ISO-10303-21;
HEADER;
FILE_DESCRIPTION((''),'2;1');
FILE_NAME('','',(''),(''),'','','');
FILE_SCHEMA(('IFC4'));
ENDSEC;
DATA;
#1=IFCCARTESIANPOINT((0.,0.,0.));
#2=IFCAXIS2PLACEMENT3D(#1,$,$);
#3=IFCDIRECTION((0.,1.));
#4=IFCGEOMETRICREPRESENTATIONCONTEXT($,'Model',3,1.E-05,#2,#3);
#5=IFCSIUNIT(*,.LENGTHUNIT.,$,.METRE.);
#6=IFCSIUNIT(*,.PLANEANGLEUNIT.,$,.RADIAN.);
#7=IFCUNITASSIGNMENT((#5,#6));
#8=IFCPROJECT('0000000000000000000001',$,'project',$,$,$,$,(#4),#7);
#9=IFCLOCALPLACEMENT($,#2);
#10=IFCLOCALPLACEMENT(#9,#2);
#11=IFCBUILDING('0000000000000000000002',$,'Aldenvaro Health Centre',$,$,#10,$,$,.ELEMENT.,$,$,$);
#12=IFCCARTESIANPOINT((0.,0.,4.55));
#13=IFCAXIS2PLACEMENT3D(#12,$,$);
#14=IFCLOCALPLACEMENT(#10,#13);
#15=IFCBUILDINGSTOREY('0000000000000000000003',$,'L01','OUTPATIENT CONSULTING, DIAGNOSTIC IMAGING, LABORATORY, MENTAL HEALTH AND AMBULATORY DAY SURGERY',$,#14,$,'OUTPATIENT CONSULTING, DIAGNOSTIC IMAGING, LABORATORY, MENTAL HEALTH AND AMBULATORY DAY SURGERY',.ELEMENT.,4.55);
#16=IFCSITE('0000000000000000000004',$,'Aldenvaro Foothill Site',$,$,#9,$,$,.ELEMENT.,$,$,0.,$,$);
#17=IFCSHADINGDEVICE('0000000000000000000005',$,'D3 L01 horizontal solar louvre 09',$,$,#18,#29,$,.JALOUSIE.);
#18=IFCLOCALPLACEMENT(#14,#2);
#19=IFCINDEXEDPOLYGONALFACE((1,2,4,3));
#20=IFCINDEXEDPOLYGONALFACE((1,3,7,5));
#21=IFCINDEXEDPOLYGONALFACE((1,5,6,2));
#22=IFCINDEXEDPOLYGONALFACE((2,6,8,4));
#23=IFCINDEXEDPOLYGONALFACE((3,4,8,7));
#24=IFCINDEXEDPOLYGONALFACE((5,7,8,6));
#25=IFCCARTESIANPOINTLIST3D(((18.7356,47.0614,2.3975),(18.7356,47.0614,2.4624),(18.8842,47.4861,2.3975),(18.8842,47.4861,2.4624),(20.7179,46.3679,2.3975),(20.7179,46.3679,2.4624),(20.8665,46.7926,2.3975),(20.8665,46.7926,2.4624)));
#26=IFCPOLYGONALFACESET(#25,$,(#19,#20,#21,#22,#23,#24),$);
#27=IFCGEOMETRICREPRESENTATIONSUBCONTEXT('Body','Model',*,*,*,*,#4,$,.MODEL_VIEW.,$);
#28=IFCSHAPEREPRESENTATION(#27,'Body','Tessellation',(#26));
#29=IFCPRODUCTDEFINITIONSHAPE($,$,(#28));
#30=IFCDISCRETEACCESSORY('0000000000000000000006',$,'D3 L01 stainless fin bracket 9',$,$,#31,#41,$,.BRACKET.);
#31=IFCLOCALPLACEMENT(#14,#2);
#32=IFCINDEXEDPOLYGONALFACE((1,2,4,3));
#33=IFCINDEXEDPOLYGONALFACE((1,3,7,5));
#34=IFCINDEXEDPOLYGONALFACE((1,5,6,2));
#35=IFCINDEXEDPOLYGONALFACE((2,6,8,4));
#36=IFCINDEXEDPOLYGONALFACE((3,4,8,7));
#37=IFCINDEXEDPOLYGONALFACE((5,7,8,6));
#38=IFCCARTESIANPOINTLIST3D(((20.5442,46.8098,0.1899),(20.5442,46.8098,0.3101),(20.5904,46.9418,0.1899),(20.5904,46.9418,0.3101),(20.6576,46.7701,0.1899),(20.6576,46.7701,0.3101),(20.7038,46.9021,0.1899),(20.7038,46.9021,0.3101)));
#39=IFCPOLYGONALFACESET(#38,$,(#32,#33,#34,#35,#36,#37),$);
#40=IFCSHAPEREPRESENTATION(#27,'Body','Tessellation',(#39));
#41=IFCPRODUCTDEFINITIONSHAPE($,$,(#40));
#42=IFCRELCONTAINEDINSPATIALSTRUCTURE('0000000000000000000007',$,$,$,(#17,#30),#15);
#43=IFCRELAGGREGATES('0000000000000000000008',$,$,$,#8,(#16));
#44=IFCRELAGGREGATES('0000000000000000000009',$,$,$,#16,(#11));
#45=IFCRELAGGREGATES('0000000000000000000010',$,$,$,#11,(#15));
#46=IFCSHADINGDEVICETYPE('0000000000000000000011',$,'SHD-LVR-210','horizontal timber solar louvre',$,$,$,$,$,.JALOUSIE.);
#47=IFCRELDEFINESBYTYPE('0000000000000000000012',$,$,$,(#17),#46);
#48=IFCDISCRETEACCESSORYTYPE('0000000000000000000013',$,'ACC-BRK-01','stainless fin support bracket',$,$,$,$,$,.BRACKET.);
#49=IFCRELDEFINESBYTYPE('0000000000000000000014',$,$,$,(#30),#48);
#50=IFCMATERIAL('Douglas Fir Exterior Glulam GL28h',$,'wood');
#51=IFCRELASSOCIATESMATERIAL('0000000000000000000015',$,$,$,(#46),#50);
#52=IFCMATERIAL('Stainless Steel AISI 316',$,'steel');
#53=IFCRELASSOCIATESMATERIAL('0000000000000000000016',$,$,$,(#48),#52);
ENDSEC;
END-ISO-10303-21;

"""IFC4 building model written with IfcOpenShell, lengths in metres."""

from ifc_helpers import new_model, si_unit, direction, frame, origin, origin_2d, place, context, subcontext, project, spatial, rectangle, extrude, material, type_object, element, save


model = new_model("IFC4")

# Units and contexts
model_context = context("Model", 3, precision=1e-05, world=origin(), true_north=direction((0.0, 1.0)))
body_context = subcontext(model_context, "Body", "Model", "MODEL_VIEW")
ifc_project = project(units=[si_unit("LENGTHUNIT", "METRE"), si_unit("PLANEANGLEUNIT", "RADIAN")], contexts=[model_context])

# Site, building, storey
site_placement = place(None, origin())
site = spatial("IfcSite", under=ifc_project, at=site_placement, Name="Aldenvaro Foothill Site", CompositionType="ELEMENT", RefElevation=0.0)
building_placement = place(site_placement, origin())
building = spatial("IfcBuilding", under=site, at=building_placement, Name="Aldenvaro Health Centre", CompositionType="ELEMENT")
storey_placement = place(building_placement, frame((0.0, 0.0, 4.55)))
storey = spatial("IfcBuildingStorey", under=building, at=storey_placement, Name="L01", Description="OUTPATIENT CONSULTING, DIAGNOSTIC IMAGING, LABORATORY, MENTAL HEALTH AND AMBULATORY DAY SURGERY", LongName="OUTPATIENT CONSULTING, DIAGNOSTIC IMAGING, LABORATORY, MENTAL HEALTH AND AMBULATORY DAY SURGERY", CompositionType="ELEMENT", Elevation=4.55)

# Shading device
ifc_material_1 = material(Name="Douglas Fir Exterior Glulam GL28h", Category="wood")
shading_device_type_1 = type_object("IfcShadingDeviceType", Name="SHD-LVR-210", Description="horizontal timber solar louvre", PredefinedType="JALOUSIE", material=ifc_material_1)
shading_device_placement = place(storey_placement, frame((19.801, 46.927, 2.3975), z_axis=(0.0, 0.0, 1.0), x_axis=(-0.943909, 0.330204, 0.0)))
element("IfcShadingDevice", 1, at=shading_device_placement, inside=storey, type_object=shading_device_type_1, Name="D3 L01 horizontal solar louvre 09", PredefinedType="JALOUSIE", context=body_context, shape_type="SweptSolid", body=[
    extrude(rectangle(XDim=2.1001, YDim=0.45, at=origin_2d()), origin(), (0.0, 0.0, 1.0), 0.0649),
])

# Discrete accessory
ifc_material_2 = material(Name="Stainless Steel AISI 316", Category="steel")
discrete_accessory_type = type_object("IfcDiscreteAccessoryType", Name="ACC-BRK-01", Description="stainless fin support bracket", PredefinedType="BRACKET", material=ifc_material_2)
discrete_accessory_placement = place(storey_placement, frame((20.624, 46.856, 0.1899), z_axis=(0.0, 0.0, 1.0), x_axis=(-0.943909, 0.330204, 0.0)))
element("IfcDiscreteAccessory", 2, at=discrete_accessory_placement, inside=storey, type_object=discrete_accessory_type, Name="D3 L01 stainless fin bracket 9", PredefinedType="BRACKET", context=body_context, shape_type="SweptSolid", body=[
    extrude(rectangle(XDim=0.1201, YDim=0.1399, at=origin_2d()), origin(), (0.0, 0.0, 1.0), 0.1201),
])

save(model, "model.ifc")
